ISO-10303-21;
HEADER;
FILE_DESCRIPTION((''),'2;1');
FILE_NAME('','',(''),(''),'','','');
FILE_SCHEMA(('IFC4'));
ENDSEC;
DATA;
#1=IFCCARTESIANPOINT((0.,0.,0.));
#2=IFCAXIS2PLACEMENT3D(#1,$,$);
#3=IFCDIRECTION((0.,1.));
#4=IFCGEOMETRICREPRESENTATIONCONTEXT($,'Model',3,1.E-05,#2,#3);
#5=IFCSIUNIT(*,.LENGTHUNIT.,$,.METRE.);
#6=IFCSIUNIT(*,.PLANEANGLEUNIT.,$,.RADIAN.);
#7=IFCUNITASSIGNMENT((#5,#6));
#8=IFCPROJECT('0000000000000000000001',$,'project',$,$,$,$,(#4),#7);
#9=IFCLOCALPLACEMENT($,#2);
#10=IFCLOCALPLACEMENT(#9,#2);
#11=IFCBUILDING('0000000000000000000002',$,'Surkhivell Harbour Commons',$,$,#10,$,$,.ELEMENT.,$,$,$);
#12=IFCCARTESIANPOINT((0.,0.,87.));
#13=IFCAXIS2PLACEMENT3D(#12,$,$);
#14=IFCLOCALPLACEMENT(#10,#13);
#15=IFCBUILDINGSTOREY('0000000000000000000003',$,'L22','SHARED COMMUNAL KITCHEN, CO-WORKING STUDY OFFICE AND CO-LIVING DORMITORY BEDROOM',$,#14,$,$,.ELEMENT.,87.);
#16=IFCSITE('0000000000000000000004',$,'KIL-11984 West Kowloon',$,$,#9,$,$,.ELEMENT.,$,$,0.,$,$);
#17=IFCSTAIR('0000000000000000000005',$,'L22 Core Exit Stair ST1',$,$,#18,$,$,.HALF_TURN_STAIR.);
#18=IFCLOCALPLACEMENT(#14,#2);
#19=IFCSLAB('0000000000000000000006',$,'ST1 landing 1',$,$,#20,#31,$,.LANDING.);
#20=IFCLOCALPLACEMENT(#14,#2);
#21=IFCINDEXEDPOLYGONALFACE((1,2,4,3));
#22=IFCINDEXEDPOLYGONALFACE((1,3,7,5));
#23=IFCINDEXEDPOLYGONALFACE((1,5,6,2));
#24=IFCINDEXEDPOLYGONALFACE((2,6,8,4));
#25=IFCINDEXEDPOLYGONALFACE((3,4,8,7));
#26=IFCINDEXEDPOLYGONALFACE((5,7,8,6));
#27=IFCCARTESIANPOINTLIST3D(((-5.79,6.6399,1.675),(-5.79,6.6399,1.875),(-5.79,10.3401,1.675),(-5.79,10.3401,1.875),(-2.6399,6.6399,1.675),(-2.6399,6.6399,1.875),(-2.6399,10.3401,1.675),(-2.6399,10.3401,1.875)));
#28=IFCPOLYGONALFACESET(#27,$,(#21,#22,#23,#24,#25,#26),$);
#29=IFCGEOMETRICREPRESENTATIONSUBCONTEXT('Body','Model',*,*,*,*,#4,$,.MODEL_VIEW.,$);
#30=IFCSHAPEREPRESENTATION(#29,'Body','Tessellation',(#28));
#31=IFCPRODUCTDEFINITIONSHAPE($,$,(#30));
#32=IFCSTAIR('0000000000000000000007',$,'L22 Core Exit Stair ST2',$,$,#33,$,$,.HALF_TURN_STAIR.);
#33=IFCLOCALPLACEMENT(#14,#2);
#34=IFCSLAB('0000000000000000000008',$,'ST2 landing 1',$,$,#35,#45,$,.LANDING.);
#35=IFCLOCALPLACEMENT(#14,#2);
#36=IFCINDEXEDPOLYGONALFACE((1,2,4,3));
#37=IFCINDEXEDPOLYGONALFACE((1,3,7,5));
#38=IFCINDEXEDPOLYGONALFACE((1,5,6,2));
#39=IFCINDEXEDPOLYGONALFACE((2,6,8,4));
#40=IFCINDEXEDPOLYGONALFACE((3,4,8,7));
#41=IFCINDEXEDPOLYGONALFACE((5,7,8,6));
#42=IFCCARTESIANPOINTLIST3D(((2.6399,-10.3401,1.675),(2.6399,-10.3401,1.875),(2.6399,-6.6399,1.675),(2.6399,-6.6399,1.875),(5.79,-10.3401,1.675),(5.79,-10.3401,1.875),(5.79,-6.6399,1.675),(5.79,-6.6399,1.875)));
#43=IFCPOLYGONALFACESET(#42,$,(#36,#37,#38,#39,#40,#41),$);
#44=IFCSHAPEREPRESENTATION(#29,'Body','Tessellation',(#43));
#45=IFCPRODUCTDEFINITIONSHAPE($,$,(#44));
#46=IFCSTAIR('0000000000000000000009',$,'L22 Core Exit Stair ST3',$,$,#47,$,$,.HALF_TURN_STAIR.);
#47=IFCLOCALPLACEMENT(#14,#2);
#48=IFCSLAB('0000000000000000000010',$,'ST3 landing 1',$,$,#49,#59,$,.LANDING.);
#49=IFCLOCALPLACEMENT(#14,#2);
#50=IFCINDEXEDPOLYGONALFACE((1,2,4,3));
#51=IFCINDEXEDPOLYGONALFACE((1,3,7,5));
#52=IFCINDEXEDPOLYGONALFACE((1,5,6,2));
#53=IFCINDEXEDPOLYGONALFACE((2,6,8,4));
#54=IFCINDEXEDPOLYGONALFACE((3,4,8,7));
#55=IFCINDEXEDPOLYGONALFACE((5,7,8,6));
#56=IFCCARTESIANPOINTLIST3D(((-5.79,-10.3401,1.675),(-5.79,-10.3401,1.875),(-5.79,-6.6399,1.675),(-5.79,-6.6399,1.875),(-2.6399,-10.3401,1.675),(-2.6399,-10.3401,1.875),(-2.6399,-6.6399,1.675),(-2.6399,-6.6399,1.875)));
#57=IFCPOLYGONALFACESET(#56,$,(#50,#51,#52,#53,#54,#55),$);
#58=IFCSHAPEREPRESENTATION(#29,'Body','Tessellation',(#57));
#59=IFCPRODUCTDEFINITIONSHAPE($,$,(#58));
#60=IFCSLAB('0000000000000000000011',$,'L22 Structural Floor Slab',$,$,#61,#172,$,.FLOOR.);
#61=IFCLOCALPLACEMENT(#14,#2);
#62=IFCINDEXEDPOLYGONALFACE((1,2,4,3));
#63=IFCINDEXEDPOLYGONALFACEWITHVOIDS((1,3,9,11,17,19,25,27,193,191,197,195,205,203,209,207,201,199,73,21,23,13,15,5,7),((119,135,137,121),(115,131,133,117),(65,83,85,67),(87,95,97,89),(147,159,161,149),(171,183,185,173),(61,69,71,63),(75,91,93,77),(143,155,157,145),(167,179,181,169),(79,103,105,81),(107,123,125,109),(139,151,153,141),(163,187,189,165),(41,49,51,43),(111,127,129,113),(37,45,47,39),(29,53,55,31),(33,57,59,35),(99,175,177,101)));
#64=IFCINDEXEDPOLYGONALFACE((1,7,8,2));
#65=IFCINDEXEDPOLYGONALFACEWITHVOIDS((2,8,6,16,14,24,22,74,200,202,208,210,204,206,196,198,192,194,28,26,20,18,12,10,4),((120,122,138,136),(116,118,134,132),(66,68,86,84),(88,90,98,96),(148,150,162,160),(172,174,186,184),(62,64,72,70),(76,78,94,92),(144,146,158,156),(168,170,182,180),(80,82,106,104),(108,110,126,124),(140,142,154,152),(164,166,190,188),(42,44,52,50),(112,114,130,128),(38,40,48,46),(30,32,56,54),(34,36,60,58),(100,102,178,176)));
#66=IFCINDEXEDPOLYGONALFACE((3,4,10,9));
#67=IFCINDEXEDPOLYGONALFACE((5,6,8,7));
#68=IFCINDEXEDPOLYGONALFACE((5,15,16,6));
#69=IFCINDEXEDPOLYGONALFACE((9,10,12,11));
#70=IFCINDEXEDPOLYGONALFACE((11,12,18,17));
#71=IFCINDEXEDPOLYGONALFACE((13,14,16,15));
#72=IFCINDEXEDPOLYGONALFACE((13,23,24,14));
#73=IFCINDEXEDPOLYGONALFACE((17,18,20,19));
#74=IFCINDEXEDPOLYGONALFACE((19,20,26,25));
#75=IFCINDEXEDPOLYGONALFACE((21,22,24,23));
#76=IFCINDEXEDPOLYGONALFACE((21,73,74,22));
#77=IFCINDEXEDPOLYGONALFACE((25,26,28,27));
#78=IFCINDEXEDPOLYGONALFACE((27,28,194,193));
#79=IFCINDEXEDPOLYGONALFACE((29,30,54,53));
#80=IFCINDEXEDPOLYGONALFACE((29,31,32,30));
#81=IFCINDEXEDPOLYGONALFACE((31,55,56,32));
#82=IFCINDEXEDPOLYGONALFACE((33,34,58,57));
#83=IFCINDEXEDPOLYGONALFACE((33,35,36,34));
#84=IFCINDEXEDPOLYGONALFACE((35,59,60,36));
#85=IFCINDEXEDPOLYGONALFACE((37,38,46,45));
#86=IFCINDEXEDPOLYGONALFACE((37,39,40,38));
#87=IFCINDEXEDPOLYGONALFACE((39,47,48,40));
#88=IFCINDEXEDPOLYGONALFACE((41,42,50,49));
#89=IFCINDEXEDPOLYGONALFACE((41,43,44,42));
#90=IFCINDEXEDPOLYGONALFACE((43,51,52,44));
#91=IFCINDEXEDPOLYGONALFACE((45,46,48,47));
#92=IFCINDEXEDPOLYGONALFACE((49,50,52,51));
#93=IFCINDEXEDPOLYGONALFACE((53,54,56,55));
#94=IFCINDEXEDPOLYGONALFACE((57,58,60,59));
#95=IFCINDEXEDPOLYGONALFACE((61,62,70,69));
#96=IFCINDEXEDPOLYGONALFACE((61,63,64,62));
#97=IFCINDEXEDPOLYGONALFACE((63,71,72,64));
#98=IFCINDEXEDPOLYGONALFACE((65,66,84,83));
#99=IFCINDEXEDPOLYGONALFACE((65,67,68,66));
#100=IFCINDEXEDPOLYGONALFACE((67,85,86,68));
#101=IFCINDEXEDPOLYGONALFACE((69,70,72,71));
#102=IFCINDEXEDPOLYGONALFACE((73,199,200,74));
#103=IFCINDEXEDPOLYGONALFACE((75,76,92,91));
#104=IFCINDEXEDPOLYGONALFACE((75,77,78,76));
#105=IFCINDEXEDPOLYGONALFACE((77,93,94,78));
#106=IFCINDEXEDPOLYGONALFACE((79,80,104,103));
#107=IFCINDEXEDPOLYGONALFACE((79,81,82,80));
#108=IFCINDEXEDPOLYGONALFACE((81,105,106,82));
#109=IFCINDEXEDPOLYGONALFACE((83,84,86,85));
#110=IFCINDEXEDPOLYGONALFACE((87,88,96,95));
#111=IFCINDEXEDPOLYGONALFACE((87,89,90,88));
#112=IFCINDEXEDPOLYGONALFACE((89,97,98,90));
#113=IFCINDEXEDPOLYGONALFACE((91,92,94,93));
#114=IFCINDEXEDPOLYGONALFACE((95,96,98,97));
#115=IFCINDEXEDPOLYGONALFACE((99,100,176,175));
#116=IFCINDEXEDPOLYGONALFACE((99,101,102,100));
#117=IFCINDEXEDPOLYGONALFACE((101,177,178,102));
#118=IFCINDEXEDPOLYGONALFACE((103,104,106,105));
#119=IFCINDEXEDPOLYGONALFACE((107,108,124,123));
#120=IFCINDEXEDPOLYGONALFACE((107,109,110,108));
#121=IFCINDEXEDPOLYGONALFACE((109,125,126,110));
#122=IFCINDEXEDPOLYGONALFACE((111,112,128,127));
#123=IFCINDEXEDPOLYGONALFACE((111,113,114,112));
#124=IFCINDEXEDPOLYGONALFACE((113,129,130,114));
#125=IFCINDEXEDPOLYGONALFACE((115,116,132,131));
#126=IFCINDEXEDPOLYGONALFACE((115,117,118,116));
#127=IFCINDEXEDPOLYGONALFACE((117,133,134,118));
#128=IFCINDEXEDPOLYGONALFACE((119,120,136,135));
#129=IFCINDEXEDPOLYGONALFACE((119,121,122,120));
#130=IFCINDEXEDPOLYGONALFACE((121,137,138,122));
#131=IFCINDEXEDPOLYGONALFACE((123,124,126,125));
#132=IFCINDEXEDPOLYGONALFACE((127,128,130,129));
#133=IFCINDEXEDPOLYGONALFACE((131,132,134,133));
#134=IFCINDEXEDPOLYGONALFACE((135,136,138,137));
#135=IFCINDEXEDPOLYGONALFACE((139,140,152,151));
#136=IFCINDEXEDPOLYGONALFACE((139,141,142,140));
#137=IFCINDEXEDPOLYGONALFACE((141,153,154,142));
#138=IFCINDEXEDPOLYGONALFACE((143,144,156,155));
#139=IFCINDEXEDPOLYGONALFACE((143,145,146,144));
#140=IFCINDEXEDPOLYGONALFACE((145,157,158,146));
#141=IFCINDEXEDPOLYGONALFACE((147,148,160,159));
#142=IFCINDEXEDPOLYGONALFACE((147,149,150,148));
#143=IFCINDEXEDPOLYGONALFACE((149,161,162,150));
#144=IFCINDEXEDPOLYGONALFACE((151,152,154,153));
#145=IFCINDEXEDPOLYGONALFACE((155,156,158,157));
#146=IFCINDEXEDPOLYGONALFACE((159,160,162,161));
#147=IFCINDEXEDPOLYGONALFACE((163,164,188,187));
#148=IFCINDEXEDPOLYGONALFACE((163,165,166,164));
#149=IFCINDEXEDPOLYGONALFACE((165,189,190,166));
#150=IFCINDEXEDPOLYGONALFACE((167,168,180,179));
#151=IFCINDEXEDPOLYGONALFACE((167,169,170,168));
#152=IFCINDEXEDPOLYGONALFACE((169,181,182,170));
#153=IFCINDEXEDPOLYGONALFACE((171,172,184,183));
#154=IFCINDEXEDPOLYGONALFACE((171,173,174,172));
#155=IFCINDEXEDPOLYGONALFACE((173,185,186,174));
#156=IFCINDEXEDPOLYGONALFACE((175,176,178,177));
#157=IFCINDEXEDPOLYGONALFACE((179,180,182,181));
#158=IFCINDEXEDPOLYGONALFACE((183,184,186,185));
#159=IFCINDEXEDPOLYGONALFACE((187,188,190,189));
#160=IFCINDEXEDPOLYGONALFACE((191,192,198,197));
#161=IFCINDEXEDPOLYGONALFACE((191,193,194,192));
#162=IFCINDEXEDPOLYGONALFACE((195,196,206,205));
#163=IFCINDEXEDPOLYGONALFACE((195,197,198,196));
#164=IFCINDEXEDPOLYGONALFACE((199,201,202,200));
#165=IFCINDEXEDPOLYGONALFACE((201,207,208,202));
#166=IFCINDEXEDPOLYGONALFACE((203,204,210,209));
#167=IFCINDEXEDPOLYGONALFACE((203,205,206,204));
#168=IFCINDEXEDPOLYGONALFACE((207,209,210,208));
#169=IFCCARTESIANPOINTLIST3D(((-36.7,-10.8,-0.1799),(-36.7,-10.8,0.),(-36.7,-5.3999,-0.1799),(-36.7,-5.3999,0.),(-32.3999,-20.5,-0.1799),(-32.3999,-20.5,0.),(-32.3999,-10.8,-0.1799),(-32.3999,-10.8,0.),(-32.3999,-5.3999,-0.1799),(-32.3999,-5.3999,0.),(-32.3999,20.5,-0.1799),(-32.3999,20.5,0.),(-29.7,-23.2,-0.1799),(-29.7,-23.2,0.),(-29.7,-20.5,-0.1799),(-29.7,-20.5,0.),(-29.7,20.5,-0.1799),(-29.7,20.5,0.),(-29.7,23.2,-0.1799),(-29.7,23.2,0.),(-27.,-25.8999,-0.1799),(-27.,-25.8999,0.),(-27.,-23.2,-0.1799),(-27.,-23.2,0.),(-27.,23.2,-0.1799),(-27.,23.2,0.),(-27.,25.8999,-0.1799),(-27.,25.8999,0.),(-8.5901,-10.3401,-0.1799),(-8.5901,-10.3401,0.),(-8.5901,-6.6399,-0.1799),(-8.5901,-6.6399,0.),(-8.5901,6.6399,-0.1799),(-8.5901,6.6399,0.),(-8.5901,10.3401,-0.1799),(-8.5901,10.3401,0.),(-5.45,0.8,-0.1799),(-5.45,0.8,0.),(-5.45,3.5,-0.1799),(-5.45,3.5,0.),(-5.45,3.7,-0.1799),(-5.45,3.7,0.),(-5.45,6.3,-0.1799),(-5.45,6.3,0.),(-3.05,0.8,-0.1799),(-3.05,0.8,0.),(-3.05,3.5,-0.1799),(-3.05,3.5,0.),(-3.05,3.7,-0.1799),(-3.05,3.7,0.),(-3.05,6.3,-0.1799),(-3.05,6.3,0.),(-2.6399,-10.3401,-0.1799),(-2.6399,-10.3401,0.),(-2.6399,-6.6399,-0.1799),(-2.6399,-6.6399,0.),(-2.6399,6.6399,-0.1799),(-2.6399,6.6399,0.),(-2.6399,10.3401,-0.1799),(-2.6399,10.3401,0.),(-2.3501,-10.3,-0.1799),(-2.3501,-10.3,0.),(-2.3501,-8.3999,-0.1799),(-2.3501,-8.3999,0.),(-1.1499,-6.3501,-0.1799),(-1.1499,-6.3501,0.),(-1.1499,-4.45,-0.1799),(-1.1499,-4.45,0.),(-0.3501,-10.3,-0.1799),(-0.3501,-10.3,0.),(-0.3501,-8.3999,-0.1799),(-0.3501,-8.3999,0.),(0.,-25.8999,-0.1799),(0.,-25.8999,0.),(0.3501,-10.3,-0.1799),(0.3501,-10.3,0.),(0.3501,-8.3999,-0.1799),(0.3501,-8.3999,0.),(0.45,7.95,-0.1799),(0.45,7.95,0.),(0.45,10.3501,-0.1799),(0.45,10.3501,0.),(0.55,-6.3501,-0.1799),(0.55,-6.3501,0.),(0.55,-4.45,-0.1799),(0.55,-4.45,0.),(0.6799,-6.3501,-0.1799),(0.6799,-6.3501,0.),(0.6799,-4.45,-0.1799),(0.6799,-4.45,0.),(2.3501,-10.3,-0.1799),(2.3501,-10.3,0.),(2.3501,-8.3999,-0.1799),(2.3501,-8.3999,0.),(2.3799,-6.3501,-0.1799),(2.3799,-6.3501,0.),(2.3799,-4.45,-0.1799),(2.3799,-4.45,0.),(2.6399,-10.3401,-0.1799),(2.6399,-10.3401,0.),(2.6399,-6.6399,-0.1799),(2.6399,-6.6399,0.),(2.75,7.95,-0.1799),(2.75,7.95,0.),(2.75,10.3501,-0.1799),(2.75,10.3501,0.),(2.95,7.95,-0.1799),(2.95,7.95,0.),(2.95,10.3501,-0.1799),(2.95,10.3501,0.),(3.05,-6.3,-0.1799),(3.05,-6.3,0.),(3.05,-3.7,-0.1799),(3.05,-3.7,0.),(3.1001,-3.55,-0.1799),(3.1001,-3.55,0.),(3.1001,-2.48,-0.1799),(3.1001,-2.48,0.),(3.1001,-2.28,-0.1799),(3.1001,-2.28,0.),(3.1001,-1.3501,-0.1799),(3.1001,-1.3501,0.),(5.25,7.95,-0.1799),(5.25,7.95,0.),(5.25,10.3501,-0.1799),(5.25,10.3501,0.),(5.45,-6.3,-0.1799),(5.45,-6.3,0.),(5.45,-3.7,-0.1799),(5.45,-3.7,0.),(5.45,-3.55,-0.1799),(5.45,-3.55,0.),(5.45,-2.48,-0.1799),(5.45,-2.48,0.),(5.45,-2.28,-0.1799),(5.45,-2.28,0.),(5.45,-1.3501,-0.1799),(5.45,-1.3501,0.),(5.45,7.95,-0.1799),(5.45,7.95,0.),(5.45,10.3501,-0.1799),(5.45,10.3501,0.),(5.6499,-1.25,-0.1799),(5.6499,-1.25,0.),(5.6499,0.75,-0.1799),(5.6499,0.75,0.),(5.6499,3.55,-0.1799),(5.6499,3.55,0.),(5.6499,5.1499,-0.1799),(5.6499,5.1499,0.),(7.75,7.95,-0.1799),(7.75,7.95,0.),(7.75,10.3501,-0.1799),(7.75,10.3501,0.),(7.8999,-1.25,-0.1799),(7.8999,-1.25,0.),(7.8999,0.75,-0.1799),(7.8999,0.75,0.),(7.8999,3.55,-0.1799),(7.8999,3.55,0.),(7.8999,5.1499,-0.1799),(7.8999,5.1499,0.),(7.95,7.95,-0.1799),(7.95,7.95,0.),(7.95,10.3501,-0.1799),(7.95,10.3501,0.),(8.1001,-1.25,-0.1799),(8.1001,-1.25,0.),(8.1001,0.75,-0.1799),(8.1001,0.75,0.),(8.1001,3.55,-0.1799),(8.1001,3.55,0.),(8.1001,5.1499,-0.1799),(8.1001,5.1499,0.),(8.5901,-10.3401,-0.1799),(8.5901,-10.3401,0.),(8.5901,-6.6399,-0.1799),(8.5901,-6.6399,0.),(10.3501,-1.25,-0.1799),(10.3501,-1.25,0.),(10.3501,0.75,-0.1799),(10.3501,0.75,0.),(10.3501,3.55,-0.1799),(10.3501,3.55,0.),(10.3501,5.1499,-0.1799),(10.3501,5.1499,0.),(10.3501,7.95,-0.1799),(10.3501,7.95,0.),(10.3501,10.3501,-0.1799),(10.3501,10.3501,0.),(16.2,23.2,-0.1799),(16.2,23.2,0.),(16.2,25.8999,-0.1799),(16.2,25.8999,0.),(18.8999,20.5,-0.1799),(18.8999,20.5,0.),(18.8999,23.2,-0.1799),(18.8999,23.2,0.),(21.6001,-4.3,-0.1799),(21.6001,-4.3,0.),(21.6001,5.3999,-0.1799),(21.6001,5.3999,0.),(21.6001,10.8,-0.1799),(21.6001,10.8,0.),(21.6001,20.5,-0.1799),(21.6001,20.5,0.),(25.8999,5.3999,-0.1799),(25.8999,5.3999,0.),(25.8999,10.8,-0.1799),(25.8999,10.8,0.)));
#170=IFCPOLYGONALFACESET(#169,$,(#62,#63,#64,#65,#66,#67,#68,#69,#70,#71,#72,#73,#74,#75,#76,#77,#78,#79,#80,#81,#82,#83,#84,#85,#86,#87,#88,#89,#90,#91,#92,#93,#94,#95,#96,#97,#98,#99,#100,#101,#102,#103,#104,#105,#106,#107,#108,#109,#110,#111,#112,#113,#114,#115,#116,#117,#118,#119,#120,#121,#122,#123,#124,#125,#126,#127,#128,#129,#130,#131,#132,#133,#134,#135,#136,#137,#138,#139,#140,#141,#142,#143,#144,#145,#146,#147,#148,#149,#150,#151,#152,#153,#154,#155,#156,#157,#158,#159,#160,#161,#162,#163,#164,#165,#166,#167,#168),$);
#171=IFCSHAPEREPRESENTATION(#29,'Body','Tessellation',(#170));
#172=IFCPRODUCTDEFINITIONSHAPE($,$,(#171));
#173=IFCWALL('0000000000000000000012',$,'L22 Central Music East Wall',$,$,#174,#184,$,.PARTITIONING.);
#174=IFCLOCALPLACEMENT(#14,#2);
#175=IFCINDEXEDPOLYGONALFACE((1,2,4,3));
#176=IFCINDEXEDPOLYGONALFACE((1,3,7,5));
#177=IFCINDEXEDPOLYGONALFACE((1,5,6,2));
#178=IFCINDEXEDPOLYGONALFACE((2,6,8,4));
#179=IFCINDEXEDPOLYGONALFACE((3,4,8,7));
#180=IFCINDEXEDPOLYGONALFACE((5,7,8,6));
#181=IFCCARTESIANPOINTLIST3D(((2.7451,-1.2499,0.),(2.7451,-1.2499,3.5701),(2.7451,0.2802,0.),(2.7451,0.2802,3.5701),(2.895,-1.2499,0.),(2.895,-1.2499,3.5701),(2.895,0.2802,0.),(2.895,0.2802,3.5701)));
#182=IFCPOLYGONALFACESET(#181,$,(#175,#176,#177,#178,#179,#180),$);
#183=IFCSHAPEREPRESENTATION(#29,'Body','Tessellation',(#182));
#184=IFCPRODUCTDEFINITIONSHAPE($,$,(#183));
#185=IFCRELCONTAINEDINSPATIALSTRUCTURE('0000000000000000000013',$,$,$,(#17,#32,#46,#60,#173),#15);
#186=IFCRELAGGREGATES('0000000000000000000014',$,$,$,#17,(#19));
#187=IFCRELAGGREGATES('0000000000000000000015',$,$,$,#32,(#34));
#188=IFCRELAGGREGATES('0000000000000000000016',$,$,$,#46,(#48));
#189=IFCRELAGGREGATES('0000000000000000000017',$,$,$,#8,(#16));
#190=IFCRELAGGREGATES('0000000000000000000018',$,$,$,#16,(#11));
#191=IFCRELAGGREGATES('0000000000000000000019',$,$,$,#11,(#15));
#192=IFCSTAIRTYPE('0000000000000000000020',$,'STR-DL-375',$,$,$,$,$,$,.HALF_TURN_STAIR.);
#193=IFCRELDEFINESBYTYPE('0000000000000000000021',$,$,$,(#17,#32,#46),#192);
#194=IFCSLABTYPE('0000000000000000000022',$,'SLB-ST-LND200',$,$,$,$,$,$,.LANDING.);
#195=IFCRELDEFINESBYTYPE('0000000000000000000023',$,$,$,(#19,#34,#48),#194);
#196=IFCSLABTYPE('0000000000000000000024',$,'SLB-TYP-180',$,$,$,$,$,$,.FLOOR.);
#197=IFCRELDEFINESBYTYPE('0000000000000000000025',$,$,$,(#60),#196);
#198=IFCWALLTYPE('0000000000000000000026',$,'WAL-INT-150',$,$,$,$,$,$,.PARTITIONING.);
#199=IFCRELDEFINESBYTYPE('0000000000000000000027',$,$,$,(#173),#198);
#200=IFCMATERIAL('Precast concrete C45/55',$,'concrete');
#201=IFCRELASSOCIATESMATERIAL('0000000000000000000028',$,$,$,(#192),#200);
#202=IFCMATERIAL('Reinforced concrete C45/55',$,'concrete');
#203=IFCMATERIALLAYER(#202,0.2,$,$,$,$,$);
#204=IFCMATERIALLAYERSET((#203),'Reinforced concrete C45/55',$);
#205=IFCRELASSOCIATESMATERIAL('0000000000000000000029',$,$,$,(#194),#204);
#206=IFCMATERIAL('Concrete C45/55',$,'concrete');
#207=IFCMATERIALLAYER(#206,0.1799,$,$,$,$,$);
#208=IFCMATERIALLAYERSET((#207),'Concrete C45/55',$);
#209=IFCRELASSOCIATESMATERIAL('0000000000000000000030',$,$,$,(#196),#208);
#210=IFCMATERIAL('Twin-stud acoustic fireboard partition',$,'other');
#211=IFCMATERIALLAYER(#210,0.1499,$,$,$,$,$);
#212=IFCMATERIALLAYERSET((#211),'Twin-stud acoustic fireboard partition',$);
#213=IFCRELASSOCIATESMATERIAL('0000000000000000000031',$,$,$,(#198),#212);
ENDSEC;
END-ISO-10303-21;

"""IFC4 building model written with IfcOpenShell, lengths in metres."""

from ifc_helpers import new_model, si_unit, direction, frame, frame_2d, origin, place, context, subcontext, project, spatial, polyline, rectangle, outline, extrude, material, layer, layer_set, type_object, element, aggregate, save


model = new_model("IFC4")

# Units and contexts
model_context = context("Model", 3, precision=1e-05, world=origin(), true_north=direction((0.0, 1.0)))
body_context = subcontext(model_context, "Body", "Model", "MODEL_VIEW")
ifc_project = project(units=[si_unit("LENGTHUNIT", "METRE"), si_unit("PLANEANGLEUNIT", "RADIAN")], contexts=[model_context])

# Site, building, storey
site_placement = place(None, origin())
site = spatial("IfcSite", under=ifc_project, at=site_placement, Name="KIL-11984 West Kowloon", CompositionType="ELEMENT", RefElevation=0.0)
building_placement = place(site_placement, origin())
building = spatial("IfcBuilding", under=site, at=building_placement, Name="Surkhivell Harbour Commons", CompositionType="ELEMENT")
storey_placement = place(building_placement, frame((0.0, 0.0, 87.0)))
storey = spatial("IfcBuildingStorey", under=building, at=storey_placement, Name="L22", Description="SHARED COMMUNAL KITCHEN, CO-WORKING STUDY OFFICE AND CO-LIVING DORMITORY BEDROOM", CompositionType="ELEMENT", Elevation=87.0)

# Stairs, slabs
ifc_material_1 = material(Name="Precast concrete C45/55", Category="concrete")
stair_type = type_object("IfcStairType", Name="STR-DL-375", PredefinedType="HALF_TURN_STAIR", material=ifc_material_1)
stair_1_placement = place(storey_placement, origin())
stair_1 = element("IfcStair", 1, at=stair_1_placement, inside=storey, type_object=stair_type, Name="L22 Core Exit Stair ST1", PredefinedType="HALF_TURN_STAIR")
ifc_material_2 = material(Name="Reinforced concrete C45/55", Category="concrete")
ifc_layer_1 = layer(ifc_material_2, 0.2)
ifc_layer_set_1 = layer_set([ifc_layer_1], Name="Reinforced concrete C45/55")
slab_type_1 = type_object("IfcSlabType", Name="SLB-ST-LND200", PredefinedType="LANDING", material=ifc_layer_set_1)
slab_1_placement = place(storey_placement, frame((0.0, 0.0, 1.675)))
slab_1 = element("IfcSlab", 2, at=slab_1_placement, type_object=slab_type_1, Name="ST1 landing 1", PredefinedType="LANDING", context=body_context, shape_type="SweptSolid", body=[
    extrude(outline(polyline([(-5.79, 6.6399), (-2.6399, 6.6399), (-2.6399, 10.3401), (-5.79, 10.3401), (-5.79, 6.6399)])), origin(), (0.0, 0.0, 1.0), 0.2),
])
aggregate(stair_1, [slab_1])
stair_2_placement = place(storey_placement, origin())
stair_2 = element("IfcStair", 3, at=stair_2_placement, inside=storey, type_object=stair_type, Name="L22 Core Exit Stair ST2", PredefinedType="HALF_TURN_STAIR")
slab_2_placement = place(storey_placement, frame((0.0, 0.0, 1.675)))
slab_2 = element("IfcSlab", 4, at=slab_2_placement, type_object=slab_type_1, Name="ST2 landing 1", PredefinedType="LANDING", context=body_context, shape_type="SweptSolid", body=[
    extrude(outline(polyline([(5.79, -6.6399), (2.6399, -6.6399), (2.6399, -10.3401), (5.79, -10.3401), (5.79, -6.6399)])), origin(), (0.0, 0.0, 1.0), 0.2),
])
aggregate(stair_2, [slab_2])
stair_3_placement = place(storey_placement, origin())
stair_3 = element("IfcStair", 5, at=stair_3_placement, inside=storey, type_object=stair_type, Name="L22 Core Exit Stair ST3", PredefinedType="HALF_TURN_STAIR")
slab_3_placement = place(storey_placement, frame((0.0, 0.0, 1.675)))
slab_3 = element("IfcSlab", 6, at=slab_3_placement, type_object=slab_type_1, Name="ST3 landing 1", PredefinedType="LANDING", context=body_context, shape_type="SweptSolid", body=[
    extrude(outline(polyline([(-5.79, -10.3401), (-2.6399, -10.3401), (-2.6399, -6.6399), (-5.79, -6.6399), (-5.79, -10.3401)])), origin(), (0.0, 0.0, 1.0), 0.2),
])
aggregate(stair_3, [slab_3])

# Slab
ifc_material_3 = material(Name="Concrete C45/55", Category="concrete")
ifc_layer_2 = layer(ifc_material_3, 0.1799)
ifc_layer_set_2 = layer_set([ifc_layer_2], Name="Concrete C45/55")
slab_type_2 = type_object("IfcSlabType", Name="SLB-TYP-180", PredefinedType="FLOOR", material=ifc_layer_set_2)
slab_4_placement = place(storey_placement, frame((0.0, 0.0, -0.1799)))
element("IfcSlab", 7, at=slab_4_placement, inside=storey, type_object=slab_type_2, Name="L22 Structural Floor Slab", PredefinedType="FLOOR", context=body_context, shape_type="SweptSolid", body=[
    extrude(outline(polyline([(-32.3999, 20.5), (-32.3999, -5.3999), (-36.7, -5.3999), (-36.7, -10.8), (-32.3999, -10.8), (-32.3999, -20.5), (-29.7, -20.5), (-29.7, -23.2), (-27.0, -23.2), (-27.0, -25.8999), (0.0, -25.8999), (21.6001, -4.3), (21.6001, 5.3999), (25.8999, 5.3999), (25.8999, 10.8), (21.6001, 10.8), (21.6001, 20.5), (18.8999, 20.5), (18.8999, 23.2), (16.2, 23.2), (16.2, 25.8999), (-27.0, 25.8999), (-27.0, 23.2), (-29.7, 23.2), (-29.7, 20.5), (-32.3999, 20.5)]), holes=[polyline([(-8.5901, 6.6399), (-2.6399, 6.6399), (-2.6399, 10.3401), (-8.5901, 10.3401), (-8.5901, 6.6399)]), polyline([(8.5901, -6.6399), (2.6399, -6.6399), (2.6399, -10.3401), (8.5901, -10.3401), (8.5901, -6.6399)]), polyline([(-8.5901, -10.3401), (-2.6399, -10.3401), (-2.6399, -6.6399), (-8.5901, -6.6399), (-8.5901, -10.3401)]), polyline([(0.45, 7.95), (2.75, 7.95), (2.75, 10.3501), (0.45, 10.3501), (0.45, 7.95)]), polyline([(2.95, 7.95), (5.25, 7.95), (5.25, 10.3501), (2.95, 10.3501), (2.95, 7.95)]), polyline([(5.45, 7.95), (7.75, 7.95), (7.75, 10.3501), (5.45, 10.3501), (5.45, 7.95)]), polyline([(7.95, 7.95), (10.3501, 7.95), (10.3501, 10.3501), (7.95, 10.3501), (7.95, 7.95)]), polyline([(5.6499, 3.55), (7.8999, 3.55), (7.8999, 5.1499), (5.6499, 5.1499), (5.6499, 3.55)]), polyline([(8.1001, 3.55), (10.3501, 3.55), (10.3501, 5.1499), (8.1001, 5.1499), (8.1001, 3.55)]), polyline([(5.6499, -1.25), (7.8999, -1.25), (7.8999, 0.75), (5.6499, 0.75), (5.6499, -1.25)]), polyline([(8.1001, -1.25), (10.3501, -1.25), (10.3501, 0.75), (8.1001, 0.75), (8.1001, -1.25)]), polyline([(-1.1499, -6.3501), (0.55, -6.3501), (0.55, -4.45), (-1.1499, -4.45), (-1.1499, -6.3501)]), polyline([(0.6799, -6.3501), (2.3799, -6.3501), (2.3799, -4.45), (0.6799, -4.45), (0.6799, -6.3501)]), polyline([(-2.3501, -10.3), (-0.3501, -10.3), (-0.3501, -8.3999), (-2.3501, -8.3999), (-2.3501, -10.3)]), polyline([(0.3501, -10.3), (2.3501, -10.3), (2.3501, -8.3999), (0.3501, -8.3999), (0.3501, -10.3)]), polyline([(-5.45, 3.7), (-3.05, 3.7), (-3.05, 6.3), (-5.45, 6.3), (-5.45, 3.7)]), polyline([(3.05, -6.3), (5.45, -6.3), (5.45, -3.7), (3.05, -3.7), (3.05, -6.3)]), polyline([(-5.45, 0.8), (-3.05, 0.8), (-3.05, 3.5), (-5.45, 3.5), (-5.45, 0.8)]), polyline([(3.1001, -3.55), (5.45, -3.55), (5.45, -2.48), (3.1001, -2.48), (3.1001, -3.55)]), polyline([(3.1001, -2.28), (5.45, -2.28), (5.45, -1.3501), (3.1001, -1.3501), (3.1001, -2.28)])]), origin(), (0.0, 0.0, 1.0), 0.1799),
])

# Wall
ifc_material_4 = material(Name="Twin-stud acoustic fireboard partition", Category="other")
ifc_layer_3 = layer(ifc_material_4, 0.1499)
ifc_layer_set_3 = layer_set([ifc_layer_3], Name="Twin-stud acoustic fireboard partition")
wall_type_1 = type_object("IfcWallType", Name="WAL-INT-150", PredefinedType="PARTITIONING", material=ifc_layer_set_3)
wall_1_placement = place(storey_placement, frame((2.8201, -1.25, 0.0), z_axis=(0.0, 0.0, 1.0), x_axis=(0.0, 1.0, 0.0)))
element("IfcWall", 8, at=wall_1_placement, inside=storey, type_object=wall_type_1, Name="L22 Central Music East Wall", PredefinedType="PARTITIONING", context=body_context, shape_type="SweptSolid", body=[
    extrude(rectangle(XDim=1.53, YDim=0.1499, at=frame_2d((0.7651, 0.0))), origin(), (0.0, 0.0, 1.0), 3.5701),
])

save(model, "model.ifc")
